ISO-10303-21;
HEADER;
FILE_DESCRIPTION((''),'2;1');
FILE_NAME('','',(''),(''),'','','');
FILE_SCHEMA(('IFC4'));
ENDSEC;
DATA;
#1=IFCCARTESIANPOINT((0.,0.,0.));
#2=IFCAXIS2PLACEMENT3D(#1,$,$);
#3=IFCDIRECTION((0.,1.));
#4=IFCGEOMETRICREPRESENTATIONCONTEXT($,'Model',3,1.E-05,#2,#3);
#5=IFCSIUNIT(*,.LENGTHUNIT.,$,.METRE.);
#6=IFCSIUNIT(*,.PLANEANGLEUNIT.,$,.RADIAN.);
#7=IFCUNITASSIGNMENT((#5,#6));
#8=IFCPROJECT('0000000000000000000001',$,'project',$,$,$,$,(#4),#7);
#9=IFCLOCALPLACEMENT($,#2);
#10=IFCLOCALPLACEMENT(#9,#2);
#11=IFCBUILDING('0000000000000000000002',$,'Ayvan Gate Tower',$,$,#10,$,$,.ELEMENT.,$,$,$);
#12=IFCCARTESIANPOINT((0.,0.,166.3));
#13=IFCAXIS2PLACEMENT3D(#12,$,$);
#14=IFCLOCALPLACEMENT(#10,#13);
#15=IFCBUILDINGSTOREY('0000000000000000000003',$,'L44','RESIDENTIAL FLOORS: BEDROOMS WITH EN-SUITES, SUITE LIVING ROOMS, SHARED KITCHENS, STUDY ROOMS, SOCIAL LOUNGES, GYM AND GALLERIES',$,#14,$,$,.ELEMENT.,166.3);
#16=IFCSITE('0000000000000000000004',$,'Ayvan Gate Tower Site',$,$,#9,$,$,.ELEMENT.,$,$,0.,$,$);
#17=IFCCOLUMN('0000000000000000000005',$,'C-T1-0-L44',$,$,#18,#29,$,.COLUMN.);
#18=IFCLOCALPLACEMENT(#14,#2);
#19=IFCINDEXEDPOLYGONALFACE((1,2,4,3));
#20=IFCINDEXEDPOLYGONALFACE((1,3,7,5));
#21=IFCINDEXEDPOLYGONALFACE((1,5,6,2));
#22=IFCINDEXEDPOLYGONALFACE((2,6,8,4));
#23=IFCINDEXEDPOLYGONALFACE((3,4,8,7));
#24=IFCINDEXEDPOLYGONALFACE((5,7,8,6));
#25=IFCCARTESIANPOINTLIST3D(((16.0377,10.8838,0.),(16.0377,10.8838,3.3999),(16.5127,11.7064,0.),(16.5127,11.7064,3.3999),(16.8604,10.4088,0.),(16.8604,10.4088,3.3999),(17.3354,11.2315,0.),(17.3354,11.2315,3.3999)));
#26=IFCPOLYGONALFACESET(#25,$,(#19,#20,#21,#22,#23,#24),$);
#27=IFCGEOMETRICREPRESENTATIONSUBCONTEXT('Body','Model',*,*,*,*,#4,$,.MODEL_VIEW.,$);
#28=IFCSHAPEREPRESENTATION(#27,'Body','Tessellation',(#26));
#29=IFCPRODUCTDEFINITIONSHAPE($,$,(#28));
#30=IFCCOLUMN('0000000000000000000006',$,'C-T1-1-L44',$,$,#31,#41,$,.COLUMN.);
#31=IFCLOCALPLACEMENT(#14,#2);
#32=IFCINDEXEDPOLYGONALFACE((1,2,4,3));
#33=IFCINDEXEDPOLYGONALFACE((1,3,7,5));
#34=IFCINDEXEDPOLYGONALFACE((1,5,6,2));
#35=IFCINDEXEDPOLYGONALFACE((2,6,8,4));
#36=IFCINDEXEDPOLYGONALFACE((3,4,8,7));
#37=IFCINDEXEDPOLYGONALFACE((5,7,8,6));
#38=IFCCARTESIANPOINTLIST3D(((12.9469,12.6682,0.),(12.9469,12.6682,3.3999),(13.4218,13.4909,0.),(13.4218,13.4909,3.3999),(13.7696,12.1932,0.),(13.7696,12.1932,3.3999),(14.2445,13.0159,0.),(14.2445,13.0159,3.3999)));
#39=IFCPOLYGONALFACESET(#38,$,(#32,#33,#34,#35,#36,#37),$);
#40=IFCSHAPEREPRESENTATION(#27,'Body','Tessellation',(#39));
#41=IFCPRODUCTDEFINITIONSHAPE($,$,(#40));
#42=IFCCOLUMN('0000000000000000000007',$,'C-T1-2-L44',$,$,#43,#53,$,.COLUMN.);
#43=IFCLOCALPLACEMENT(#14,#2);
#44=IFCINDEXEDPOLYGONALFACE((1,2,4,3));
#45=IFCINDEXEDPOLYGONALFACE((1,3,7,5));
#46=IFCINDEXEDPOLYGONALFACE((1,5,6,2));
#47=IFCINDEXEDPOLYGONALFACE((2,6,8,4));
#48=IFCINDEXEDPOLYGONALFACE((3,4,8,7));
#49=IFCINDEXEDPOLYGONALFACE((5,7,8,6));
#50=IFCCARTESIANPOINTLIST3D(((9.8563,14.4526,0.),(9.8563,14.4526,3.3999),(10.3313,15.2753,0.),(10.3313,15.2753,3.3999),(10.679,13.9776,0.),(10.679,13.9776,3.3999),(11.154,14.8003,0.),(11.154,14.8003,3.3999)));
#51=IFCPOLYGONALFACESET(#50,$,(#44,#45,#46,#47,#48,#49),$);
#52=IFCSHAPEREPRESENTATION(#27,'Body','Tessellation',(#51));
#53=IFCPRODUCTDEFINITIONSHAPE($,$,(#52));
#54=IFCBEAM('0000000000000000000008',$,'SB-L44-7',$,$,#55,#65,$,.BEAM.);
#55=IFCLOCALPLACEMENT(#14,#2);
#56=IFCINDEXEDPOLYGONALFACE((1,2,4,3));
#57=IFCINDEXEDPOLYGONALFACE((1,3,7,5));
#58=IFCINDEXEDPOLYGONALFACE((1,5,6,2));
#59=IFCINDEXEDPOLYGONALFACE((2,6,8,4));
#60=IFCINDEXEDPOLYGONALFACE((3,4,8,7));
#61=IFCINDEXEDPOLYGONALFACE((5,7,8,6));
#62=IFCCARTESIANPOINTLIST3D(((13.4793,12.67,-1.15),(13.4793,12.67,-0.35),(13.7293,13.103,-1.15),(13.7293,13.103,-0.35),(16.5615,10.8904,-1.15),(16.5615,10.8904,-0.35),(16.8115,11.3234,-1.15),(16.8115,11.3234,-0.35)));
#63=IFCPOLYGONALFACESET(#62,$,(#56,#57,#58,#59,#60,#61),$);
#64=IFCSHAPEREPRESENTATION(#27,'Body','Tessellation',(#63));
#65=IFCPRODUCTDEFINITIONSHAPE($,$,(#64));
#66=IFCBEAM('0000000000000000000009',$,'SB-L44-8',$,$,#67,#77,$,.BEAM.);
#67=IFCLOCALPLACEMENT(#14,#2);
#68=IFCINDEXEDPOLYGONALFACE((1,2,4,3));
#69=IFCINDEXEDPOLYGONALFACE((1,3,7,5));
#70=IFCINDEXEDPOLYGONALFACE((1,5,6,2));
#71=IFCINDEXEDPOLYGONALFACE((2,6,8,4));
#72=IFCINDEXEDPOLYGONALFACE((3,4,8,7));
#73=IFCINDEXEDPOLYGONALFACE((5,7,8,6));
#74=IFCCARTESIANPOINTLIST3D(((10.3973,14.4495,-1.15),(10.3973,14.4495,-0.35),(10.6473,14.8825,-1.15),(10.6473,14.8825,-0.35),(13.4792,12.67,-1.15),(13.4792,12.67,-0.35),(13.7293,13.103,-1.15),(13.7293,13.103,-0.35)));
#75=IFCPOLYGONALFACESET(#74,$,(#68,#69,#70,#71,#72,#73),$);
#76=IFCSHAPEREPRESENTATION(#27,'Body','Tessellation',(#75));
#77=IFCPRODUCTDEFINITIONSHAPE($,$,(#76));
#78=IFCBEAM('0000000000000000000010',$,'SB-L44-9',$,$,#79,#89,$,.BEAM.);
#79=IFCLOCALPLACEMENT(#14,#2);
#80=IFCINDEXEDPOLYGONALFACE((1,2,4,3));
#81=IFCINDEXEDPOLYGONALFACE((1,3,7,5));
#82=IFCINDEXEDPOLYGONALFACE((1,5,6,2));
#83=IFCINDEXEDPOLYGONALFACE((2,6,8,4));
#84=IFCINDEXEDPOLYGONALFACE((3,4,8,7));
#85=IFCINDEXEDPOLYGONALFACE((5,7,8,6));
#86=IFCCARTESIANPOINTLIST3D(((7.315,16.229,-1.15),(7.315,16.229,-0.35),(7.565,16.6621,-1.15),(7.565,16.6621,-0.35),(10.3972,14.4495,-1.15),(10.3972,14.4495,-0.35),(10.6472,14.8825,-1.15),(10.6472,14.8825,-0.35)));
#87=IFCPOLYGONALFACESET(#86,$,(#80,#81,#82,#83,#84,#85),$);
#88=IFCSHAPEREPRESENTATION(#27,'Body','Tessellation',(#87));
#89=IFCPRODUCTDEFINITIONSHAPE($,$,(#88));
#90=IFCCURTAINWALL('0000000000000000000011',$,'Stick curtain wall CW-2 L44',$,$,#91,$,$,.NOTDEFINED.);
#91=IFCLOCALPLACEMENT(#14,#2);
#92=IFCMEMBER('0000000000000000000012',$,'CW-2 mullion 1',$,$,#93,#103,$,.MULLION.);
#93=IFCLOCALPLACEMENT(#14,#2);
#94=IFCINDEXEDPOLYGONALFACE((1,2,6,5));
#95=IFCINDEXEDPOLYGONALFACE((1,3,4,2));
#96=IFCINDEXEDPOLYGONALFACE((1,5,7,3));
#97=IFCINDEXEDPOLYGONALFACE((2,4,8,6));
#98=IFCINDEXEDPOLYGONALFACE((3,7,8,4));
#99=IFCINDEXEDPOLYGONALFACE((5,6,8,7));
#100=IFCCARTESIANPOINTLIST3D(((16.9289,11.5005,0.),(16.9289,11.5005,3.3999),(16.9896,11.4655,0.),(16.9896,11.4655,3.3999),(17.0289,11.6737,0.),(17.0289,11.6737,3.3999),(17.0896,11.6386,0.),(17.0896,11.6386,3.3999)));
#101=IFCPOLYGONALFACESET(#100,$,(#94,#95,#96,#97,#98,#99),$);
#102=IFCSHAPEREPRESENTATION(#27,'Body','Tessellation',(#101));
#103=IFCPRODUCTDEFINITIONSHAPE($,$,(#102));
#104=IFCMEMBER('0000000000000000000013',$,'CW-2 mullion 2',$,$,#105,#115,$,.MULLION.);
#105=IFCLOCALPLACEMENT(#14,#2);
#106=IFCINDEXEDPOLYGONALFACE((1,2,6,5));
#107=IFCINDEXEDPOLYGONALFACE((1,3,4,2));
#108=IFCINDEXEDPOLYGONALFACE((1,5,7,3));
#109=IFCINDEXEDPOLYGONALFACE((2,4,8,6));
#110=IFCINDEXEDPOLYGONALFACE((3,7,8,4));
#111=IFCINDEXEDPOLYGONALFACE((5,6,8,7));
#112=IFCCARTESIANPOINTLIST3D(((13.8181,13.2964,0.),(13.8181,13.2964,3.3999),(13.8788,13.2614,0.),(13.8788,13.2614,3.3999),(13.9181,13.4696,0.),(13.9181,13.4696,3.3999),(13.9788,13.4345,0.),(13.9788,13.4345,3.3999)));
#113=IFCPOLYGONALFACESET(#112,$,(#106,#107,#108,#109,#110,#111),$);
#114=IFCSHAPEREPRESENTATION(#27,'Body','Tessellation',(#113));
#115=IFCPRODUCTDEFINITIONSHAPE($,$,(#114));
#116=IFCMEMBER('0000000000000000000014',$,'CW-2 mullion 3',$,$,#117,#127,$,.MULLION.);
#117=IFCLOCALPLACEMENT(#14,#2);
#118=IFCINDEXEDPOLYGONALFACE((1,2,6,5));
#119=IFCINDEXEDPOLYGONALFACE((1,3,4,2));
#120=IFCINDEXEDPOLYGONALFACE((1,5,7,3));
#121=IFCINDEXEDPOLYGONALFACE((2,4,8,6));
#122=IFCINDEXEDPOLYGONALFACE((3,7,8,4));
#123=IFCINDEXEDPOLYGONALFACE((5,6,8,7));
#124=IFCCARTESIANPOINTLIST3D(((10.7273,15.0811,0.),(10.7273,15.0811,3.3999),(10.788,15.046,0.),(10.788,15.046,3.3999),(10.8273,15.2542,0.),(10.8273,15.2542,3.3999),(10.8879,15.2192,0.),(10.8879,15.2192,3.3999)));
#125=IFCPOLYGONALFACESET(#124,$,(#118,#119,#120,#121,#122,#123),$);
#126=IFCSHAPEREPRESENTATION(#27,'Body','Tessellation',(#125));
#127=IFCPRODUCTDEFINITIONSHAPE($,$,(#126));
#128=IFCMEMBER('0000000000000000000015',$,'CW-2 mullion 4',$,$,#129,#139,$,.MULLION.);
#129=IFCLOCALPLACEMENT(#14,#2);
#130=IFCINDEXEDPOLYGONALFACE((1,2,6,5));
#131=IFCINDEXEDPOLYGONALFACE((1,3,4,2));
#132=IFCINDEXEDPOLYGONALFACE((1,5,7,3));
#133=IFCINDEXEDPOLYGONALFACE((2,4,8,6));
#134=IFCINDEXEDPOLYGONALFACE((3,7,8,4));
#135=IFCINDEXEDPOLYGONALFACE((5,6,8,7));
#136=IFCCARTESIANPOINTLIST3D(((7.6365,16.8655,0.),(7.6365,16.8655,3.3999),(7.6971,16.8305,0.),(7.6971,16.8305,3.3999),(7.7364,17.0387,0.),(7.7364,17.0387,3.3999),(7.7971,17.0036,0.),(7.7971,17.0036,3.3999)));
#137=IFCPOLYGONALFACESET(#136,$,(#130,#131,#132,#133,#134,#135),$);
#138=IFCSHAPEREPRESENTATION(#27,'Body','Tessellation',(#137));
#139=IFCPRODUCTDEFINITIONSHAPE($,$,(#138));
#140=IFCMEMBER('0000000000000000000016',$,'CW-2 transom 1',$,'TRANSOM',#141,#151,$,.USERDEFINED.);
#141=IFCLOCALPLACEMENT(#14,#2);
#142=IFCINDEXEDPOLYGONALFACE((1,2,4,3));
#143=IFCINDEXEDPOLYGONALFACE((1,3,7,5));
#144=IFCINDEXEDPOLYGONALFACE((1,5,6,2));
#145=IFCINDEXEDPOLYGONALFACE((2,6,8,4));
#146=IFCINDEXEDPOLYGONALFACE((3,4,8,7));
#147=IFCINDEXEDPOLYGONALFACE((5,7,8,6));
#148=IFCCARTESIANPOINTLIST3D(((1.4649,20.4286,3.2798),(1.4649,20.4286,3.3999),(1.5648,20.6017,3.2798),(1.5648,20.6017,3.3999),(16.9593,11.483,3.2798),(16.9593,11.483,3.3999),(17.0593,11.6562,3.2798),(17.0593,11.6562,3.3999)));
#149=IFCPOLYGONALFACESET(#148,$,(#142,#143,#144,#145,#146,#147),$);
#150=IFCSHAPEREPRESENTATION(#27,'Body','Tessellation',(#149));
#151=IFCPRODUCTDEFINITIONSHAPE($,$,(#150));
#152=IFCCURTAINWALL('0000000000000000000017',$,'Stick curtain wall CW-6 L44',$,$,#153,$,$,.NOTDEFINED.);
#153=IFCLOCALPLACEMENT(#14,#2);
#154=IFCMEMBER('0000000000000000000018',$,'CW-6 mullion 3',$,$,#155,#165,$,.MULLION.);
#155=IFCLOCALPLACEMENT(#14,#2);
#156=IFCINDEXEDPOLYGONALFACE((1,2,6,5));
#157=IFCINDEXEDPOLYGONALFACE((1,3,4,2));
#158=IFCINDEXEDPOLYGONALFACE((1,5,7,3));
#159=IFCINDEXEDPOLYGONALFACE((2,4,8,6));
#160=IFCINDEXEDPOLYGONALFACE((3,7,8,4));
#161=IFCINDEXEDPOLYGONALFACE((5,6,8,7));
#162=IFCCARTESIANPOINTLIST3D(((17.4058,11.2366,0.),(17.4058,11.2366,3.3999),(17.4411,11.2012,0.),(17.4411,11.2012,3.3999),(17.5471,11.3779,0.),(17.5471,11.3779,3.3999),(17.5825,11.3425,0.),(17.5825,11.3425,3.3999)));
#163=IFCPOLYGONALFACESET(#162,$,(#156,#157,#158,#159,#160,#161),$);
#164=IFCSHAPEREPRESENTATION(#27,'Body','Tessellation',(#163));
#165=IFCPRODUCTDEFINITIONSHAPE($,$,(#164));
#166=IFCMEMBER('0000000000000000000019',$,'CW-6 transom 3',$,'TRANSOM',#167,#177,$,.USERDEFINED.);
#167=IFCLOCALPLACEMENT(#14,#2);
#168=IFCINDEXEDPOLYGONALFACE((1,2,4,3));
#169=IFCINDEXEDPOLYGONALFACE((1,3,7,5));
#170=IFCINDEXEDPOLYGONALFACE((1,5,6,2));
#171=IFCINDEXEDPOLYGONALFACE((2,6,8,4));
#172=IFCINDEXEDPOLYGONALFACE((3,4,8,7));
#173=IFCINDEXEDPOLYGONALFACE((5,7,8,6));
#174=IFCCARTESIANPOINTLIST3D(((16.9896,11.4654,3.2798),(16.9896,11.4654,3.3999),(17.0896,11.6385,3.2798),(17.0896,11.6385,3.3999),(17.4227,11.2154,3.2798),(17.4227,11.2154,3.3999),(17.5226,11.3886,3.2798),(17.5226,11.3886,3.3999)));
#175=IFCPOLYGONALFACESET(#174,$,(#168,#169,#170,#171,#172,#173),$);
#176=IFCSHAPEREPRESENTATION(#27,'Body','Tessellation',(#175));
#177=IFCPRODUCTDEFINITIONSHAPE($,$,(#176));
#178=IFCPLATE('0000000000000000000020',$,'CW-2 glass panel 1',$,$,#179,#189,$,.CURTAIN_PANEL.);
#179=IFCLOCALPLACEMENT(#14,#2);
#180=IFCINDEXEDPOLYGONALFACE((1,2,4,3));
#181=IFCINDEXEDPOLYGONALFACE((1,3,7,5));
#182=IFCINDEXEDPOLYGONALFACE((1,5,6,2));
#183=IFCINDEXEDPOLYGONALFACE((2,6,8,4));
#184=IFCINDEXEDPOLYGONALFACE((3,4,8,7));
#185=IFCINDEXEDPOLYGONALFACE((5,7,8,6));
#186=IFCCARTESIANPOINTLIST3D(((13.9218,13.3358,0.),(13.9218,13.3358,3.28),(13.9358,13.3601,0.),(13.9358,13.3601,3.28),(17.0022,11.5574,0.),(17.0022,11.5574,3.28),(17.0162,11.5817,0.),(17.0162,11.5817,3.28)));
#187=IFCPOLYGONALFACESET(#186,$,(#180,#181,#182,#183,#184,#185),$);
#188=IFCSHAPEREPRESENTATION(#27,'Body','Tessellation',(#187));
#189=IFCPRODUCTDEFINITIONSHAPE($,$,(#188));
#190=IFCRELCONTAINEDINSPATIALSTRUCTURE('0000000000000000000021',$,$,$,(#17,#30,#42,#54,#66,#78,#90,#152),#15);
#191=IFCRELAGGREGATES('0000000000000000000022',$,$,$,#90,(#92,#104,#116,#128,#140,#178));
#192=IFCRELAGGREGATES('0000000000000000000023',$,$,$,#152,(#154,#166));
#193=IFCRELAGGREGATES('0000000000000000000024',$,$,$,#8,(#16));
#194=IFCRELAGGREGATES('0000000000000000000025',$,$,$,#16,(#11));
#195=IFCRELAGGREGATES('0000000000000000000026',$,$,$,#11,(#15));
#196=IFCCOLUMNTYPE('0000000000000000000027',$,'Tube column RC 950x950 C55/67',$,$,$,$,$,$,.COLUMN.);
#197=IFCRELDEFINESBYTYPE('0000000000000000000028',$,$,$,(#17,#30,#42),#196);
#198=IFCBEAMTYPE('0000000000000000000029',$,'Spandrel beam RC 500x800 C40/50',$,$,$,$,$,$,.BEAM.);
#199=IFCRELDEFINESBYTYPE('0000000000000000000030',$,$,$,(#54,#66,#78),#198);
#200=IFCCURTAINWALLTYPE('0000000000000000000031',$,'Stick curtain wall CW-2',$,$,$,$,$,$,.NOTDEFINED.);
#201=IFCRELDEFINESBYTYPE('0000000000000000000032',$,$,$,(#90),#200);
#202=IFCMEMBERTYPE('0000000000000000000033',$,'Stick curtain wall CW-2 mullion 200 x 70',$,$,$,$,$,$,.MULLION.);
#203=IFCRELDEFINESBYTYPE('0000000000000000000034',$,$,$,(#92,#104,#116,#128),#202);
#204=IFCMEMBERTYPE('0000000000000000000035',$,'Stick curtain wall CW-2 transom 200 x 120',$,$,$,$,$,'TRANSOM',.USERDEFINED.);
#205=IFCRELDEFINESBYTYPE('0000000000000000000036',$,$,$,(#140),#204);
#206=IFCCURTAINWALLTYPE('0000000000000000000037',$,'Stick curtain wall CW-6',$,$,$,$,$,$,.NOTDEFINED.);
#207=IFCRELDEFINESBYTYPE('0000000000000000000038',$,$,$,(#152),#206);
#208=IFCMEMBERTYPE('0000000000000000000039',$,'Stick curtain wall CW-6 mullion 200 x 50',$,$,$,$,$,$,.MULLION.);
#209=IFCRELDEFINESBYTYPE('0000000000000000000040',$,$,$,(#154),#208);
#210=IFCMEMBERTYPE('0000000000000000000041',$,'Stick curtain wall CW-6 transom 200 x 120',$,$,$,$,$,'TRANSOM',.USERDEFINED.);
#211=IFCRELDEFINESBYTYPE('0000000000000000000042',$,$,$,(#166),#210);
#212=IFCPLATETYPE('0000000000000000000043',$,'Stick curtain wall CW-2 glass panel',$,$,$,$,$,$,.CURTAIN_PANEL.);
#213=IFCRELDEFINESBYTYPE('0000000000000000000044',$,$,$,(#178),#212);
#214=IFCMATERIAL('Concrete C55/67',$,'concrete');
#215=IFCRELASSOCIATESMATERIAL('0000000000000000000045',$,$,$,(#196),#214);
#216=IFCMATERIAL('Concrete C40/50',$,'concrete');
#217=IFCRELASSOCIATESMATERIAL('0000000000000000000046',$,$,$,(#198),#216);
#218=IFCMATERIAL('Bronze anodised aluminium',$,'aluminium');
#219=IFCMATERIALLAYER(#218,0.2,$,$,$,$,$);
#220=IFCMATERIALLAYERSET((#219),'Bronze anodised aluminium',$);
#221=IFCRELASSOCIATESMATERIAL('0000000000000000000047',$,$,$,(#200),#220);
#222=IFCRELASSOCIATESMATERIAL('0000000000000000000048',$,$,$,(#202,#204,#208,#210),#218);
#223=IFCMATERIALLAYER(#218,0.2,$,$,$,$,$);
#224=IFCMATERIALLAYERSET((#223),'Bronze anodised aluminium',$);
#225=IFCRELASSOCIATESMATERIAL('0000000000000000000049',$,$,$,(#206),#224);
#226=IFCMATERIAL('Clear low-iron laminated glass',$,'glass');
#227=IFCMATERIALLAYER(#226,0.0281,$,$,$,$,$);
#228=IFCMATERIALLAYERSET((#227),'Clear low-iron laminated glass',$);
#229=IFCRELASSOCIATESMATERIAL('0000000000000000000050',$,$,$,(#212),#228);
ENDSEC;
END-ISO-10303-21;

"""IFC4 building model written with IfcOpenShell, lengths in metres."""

from ifc_helpers import new_model, si_unit, direction, frame, origin, origin_2d, place, context, subcontext, project, spatial, rectangle, extrude, material, layer, layer_set, material_profile, profile_set, type_object, element, aggregate, save


model = new_model("IFC4")

# Units and contexts
model_context = context("Model", 3, precision=1e-05, world=origin(), true_north=direction((0.0, 1.0)))
body_context = subcontext(model_context, "Body", "Model", "MODEL_VIEW")
ifc_project = project(units=[si_unit("LENGTHUNIT", "METRE"), si_unit("PLANEANGLEUNIT", "RADIAN")], contexts=[model_context])

# Site, building, storey
site_placement = place(None, origin())
site = spatial("IfcSite", under=ifc_project, at=site_placement, Name="Ayvan Gate Tower Site", CompositionType="ELEMENT", RefElevation=0.0)
building_placement = place(site_placement, origin())
building = spatial("IfcBuilding", under=site, at=building_placement, Name="Ayvan Gate Tower", CompositionType="ELEMENT")
storey_placement = place(building_placement, frame((0.0, 0.0, 166.3)))
storey = spatial("IfcBuildingStorey", under=building, at=storey_placement, Name="L44", Description="RESIDENTIAL FLOORS: BEDROOMS WITH EN-SUITES, SUITE LIVING ROOMS, SHARED KITCHENS, STUDY ROOMS, SOCIAL LOUNGES, GYM AND GALLERIES", CompositionType="ELEMENT", Elevation=166.3)

# Columns
ifc_material_1 = material(Name="Concrete C55/67", Category="concrete")
ifc_material_profile_1 = material_profile(ifc_material_1, rectangle(XDim=0.95, YDim=0.95, at=origin_2d()), Name="RC 950x950")
ifc_profile_set_1 = profile_set([ifc_material_profile_1], Name="Concrete C55/67")
column_type = type_object("IfcColumnType", Name="Tube column RC 950x950 C55/67", PredefinedType="COLUMN", material=ifc_profile_set_1)
for number, where, z_axis, x_axis, name in (
    (1, (16.6865, 11.0576, 0.0), (0.0, 0.0, 1.0), (0.5, 0.866025, 0.0), "C-T1-0-L44"),
    (2, (13.5957, 12.842, 0.0), (0.0, 0.0, 1.0), (0.5, 0.866025, 0.0), "C-T1-1-L44"),
    (3, (10.5051, 14.6265, 0.0), (0.0, 0.0, 1.0), (0.5, 0.866025, 0.0), "C-T1-2-L44"),
):
    element("IfcColumn", number, at=place(storey_placement, frame(where, z_axis=z_axis, x_axis=x_axis)), inside=storey, type_object=column_type, Name=name, PredefinedType="COLUMN", context=body_context, shape_type="SweptSolid", body=[
        extrude(rectangle(XDim=0.95, YDim=0.95, at=origin_2d()), origin(), (0.0, 0.0, 1.0), 3.3999),
    ])

# Beams
ifc_material_2 = material(Name="Concrete C40/50", Category="concrete")
ifc_material_profile_2 = material_profile(ifc_material_2, rectangle(XDim=0.5, YDim=0.8, at=origin_2d()), Name="RC 500x800")
ifc_profile_set_2 = profile_set([ifc_material_profile_2], Name="Concrete C40/50")
beam_type = type_object("IfcBeamType", Name="Spandrel beam RC 500x800 C40/50", PredefinedType="BEAM", material=ifc_profile_set_2)
beam_1_placement = place(storey_placement, frame((16.6865, 11.1069, -0.75), z_axis=(-0.866027, 0.499998, 0.0), x_axis=(-0.499998, -0.866027, 0.0)))
element("IfcBeam", 4, at=beam_1_placement, inside=storey, type_object=beam_type, Name="SB-L44-7", PredefinedType="BEAM", context=body_context, shape_type="SweptSolid", body=[
    extrude(rectangle(XDim=0.5, YDim=0.8, at=origin_2d()), origin(), (0.0, 0.0, 1.0), 3.5591),
])
beam_2_placement = place(storey_placement, frame((13.6042, 12.8865, -0.75), z_axis=(-0.86601, 0.500027, 0.0), x_axis=(-0.500027, -0.86601, 0.0)))
element("IfcBeam", 5, at=beam_2_placement, inside=storey, type_object=beam_type, Name="SB-L44-8", PredefinedType="BEAM", context=body_context, shape_type="SweptSolid", body=[
    extrude(rectangle(XDim=0.5, YDim=0.8, at=origin_2d()), origin(), (0.0, 0.0, 1.0), 3.5588),
])
beam_3_placement = place(storey_placement, frame((10.5222, 14.666, -0.75), z_axis=(-0.866027, 0.499998, 0.0), x_axis=(-0.499998, -0.866027, 0.0)))
element("IfcBeam", 6, at=beam_3_placement, inside=storey, type_object=beam_type, Name="SB-L44-9", PredefinedType="BEAM", context=body_context, shape_type="SweptSolid", body=[
    extrude(rectangle(XDim=0.5, YDim=0.8, at=origin_2d()), origin(), (0.0, 0.0, 1.0), 3.5591),
])

# Curtain walls, members
ifc_material_3 = material(Name="Bronze anodised aluminium", Category="aluminium")
ifc_layer_1 = layer(ifc_material_3, 0.2)
ifc_layer_set_1 = layer_set([ifc_layer_1], Name="Bronze anodised aluminium")
curtain_wall_type_1 = type_object("IfcCurtainWallType", Name="Stick curtain wall CW-2", PredefinedType="NOTDEFINED", material=ifc_layer_set_1)
curtain_wall_1_placement = place(storey_placement, origin())
curtain_wall_1 = element("IfcCurtainWall", 7, at=curtain_wall_1_placement, inside=storey, type_object=curtain_wall_type_1, Name="Stick curtain wall CW-2 L44", PredefinedType="NOTDEFINED")
ifc_material_profile_3 = material_profile(ifc_material_3, rectangle(XDim=0.2, YDim=0.0701, at=origin_2d()), Name="Stick curtain wall CW-2 mullion 200 x 70")
ifc_profile_set_3 = profile_set([ifc_material_profile_3], Name="Bronze anodised aluminium")
member_type_1 = type_object("IfcMemberType", Name="Stick curtain wall CW-2 mullion 200 x 70", PredefinedType="MULLION", material=ifc_profile_set_3)
member_1_placement = place(storey_placement, frame((17.0093, 11.5696, 0.0), z_axis=(0.0, 0.0, 1.0), x_axis=(0.5, 0.866025, 0.0)))
member_1 = element("IfcMember", 8, at=member_1_placement, type_object=member_type_1, Name="CW-2 mullion 1", PredefinedType="MULLION", context=body_context, shape_type="SweptSolid", body=[
    extrude(rectangle(XDim=0.2, YDim=0.0701, at=origin_2d()), origin(), (0.0, 0.0, 1.0), 3.3999),
])
member_2_placement = place(storey_placement, frame((13.8984, 13.3655, 0.0), z_axis=(0.0, 0.0, 1.0), x_axis=(0.5, 0.866025, 0.0)))
member_2 = element("IfcMember", 9, at=member_2_placement, type_object=member_type_1, Name="CW-2 mullion 2", PredefinedType="MULLION", context=body_context, shape_type="SweptSolid", body=[
    extrude(rectangle(XDim=0.2, YDim=0.0701, at=origin_2d()), origin(), (0.0, 0.0, 1.0), 3.3999),
])
member_3_placement = place(storey_placement, frame((10.8076, 15.1501, 0.0), z_axis=(0.0, 0.0, 1.0), x_axis=(0.5, 0.866025, 0.0)))
member_3 = element("IfcMember", 10, at=member_3_placement, type_object=member_type_1, Name="CW-2 mullion 3", PredefinedType="MULLION", context=body_context, shape_type="SweptSolid", body=[
    extrude(rectangle(XDim=0.2, YDim=0.0701, at=origin_2d()), origin(), (0.0, 0.0, 1.0), 3.3999),
])
member_4_placement = place(storey_placement, frame((7.7168, 16.9346, 0.0), z_axis=(0.0, 0.0, 1.0), x_axis=(0.5, 0.866025, 0.0)))
member_4 = element("IfcMember", 11, at=member_4_placement, type_object=member_type_1, Name="CW-2 mullion 4", PredefinedType="MULLION", context=body_context, shape_type="SweptSolid", body=[
    extrude(rectangle(XDim=0.2, YDim=0.0701, at=origin_2d()), origin(), (0.0, 0.0, 1.0), 3.3999),
])
ifc_material_profile_4 = material_profile(ifc_material_3, rectangle(XDim=0.2, YDim=0.1201, at=origin_2d()), Name="Stick curtain wall CW-2 transom 200 x 120")
ifc_profile_set_4 = profile_set([ifc_material_profile_4], Name="Bronze anodised aluminium")
member_type_2 = type_object("IfcMemberType", Name="Stick curtain wall CW-2 transom 200 x 120", ElementType="TRANSOM", PredefinedType="USERDEFINED", material=ifc_profile_set_4)
member_5_placement = place(storey_placement, frame((17.0093, 11.5696, 3.3398), z_axis=(-0.866029, 0.499995, 0.0), x_axis=(-0.499995, -0.866029, 0.0)))
member_5 = element("IfcMember", 12, at=member_5_placement, type_object=member_type_2, Name="CW-2 transom 1", ObjectType="TRANSOM", PredefinedType="USERDEFINED", context=body_context, shape_type="SweptSolid", body=[
    extrude(rectangle(XDim=0.2, YDim=0.1201, at=origin_2d()), origin(), (0.0, 0.0, 1.0), 17.8914),
])
ifc_layer_2 = layer(ifc_material_3, 0.2)
ifc_layer_set_2 = layer_set([ifc_layer_2], Name="Bronze anodised aluminium")
curtain_wall_type_2 = type_object("IfcCurtainWallType", Name="Stick curtain wall CW-6", PredefinedType="NOTDEFINED", material=ifc_layer_set_2)
curtain_wall_2_placement = place(storey_placement, origin())
curtain_wall_2 = element("IfcCurtainWall", 13, at=curtain_wall_2_placement, inside=storey, type_object=curtain_wall_type_2, Name="Stick curtain wall CW-6 L44", PredefinedType="NOTDEFINED")
ifc_material_profile_5 = material_profile(ifc_material_3, rectangle(XDim=0.2, YDim=0.05, at=origin_2d()), Name="Stick curtain wall CW-6 mullion 200 x 50")
ifc_profile_set_5 = profile_set([ifc_material_profile_5], Name="Bronze anodised aluminium")
member_type_3 = type_object("IfcMemberType", Name="Stick curtain wall CW-6 mullion 200 x 50", PredefinedType="MULLION", material=ifc_profile_set_5)
member_6_placement = place(storey_placement, frame((17.4941, 11.2896, 0.0), z_axis=(0.0, 0.0, 1.0), x_axis=(0.707107, 0.707107, 0.0)))
member_6 = element("IfcMember", 14, at=member_6_placement, type_object=member_type_3, Name="CW-6 mullion 3", PredefinedType="MULLION", context=body_context, shape_type="SweptSolid", body=[
    extrude(rectangle(XDim=0.2, YDim=0.05, at=origin_2d()), origin(), (0.0, 0.0, 1.0), 3.3999),
])
ifc_material_profile_6 = material_profile(ifc_material_3, rectangle(XDim=0.2, YDim=0.1201, at=origin_2d()), Name="Stick curtain wall CW-6 transom 200 x 120")
ifc_profile_set_6 = profile_set([ifc_material_profile_6], Name="Bronze anodised aluminium")
member_type_4 = type_object("IfcMemberType", Name="Stick curtain wall CW-6 transom 200 x 120", ElementType="TRANSOM", PredefinedType="USERDEFINED", material=ifc_profile_set_6)
member_7_placement = place(storey_placement, frame((17.4727, 11.302, 3.3398), z_axis=(-0.866072, 0.49992, 0.0), x_axis=(-0.49992, -0.866072, 0.0)))
member_7 = element("IfcMember", 15, at=member_7_placement, type_object=member_type_4, Name="CW-6 transom 3", ObjectType="TRANSOM", PredefinedType="USERDEFINED", context=body_context, shape_type="SweptSolid", body=[
    extrude(rectangle(XDim=0.2, YDim=0.1201, at=origin_2d()), origin(), (0.0, 0.0, 1.0), 0.5),
])

# Plate
ifc_material_4 = material(Name="Clear low-iron laminated glass", Category="glass")
ifc_layer_3 = layer(ifc_material_4, 0.0281)
ifc_layer_set_3 = layer_set([ifc_layer_3], Name="Clear low-iron laminated glass")
plate_type_1 = type_object("IfcPlateType", Name="Stick curtain wall CW-2 glass panel", PredefinedType="CURTAIN_PANEL", material=ifc_layer_set_3)
plate_1_placement = place(storey_placement, frame((15.469, 12.4587, 0.0), z_axis=(0.0, 0.0, 1.0), x_axis=(-0.866025, 0.5, 0.0)))
plate_1 = element("IfcPlate", 16, at=plate_1_placement, type_object=plate_type_1, Name="CW-2 glass panel 1", PredefinedType="CURTAIN_PANEL", context=body_context, shape_type="SweptSolid", body=[
    extrude(rectangle(XDim=3.5569, YDim=0.0281, at=origin_2d()), origin(), (0.0, 0.0, 1.0), 3.28),
])
aggregate(curtain_wall_1, [member_1, member_2, member_3, member_4, member_5, plate_1])
aggregate(curtain_wall_2, [member_6, member_7])

save(model, "model.ifc")
